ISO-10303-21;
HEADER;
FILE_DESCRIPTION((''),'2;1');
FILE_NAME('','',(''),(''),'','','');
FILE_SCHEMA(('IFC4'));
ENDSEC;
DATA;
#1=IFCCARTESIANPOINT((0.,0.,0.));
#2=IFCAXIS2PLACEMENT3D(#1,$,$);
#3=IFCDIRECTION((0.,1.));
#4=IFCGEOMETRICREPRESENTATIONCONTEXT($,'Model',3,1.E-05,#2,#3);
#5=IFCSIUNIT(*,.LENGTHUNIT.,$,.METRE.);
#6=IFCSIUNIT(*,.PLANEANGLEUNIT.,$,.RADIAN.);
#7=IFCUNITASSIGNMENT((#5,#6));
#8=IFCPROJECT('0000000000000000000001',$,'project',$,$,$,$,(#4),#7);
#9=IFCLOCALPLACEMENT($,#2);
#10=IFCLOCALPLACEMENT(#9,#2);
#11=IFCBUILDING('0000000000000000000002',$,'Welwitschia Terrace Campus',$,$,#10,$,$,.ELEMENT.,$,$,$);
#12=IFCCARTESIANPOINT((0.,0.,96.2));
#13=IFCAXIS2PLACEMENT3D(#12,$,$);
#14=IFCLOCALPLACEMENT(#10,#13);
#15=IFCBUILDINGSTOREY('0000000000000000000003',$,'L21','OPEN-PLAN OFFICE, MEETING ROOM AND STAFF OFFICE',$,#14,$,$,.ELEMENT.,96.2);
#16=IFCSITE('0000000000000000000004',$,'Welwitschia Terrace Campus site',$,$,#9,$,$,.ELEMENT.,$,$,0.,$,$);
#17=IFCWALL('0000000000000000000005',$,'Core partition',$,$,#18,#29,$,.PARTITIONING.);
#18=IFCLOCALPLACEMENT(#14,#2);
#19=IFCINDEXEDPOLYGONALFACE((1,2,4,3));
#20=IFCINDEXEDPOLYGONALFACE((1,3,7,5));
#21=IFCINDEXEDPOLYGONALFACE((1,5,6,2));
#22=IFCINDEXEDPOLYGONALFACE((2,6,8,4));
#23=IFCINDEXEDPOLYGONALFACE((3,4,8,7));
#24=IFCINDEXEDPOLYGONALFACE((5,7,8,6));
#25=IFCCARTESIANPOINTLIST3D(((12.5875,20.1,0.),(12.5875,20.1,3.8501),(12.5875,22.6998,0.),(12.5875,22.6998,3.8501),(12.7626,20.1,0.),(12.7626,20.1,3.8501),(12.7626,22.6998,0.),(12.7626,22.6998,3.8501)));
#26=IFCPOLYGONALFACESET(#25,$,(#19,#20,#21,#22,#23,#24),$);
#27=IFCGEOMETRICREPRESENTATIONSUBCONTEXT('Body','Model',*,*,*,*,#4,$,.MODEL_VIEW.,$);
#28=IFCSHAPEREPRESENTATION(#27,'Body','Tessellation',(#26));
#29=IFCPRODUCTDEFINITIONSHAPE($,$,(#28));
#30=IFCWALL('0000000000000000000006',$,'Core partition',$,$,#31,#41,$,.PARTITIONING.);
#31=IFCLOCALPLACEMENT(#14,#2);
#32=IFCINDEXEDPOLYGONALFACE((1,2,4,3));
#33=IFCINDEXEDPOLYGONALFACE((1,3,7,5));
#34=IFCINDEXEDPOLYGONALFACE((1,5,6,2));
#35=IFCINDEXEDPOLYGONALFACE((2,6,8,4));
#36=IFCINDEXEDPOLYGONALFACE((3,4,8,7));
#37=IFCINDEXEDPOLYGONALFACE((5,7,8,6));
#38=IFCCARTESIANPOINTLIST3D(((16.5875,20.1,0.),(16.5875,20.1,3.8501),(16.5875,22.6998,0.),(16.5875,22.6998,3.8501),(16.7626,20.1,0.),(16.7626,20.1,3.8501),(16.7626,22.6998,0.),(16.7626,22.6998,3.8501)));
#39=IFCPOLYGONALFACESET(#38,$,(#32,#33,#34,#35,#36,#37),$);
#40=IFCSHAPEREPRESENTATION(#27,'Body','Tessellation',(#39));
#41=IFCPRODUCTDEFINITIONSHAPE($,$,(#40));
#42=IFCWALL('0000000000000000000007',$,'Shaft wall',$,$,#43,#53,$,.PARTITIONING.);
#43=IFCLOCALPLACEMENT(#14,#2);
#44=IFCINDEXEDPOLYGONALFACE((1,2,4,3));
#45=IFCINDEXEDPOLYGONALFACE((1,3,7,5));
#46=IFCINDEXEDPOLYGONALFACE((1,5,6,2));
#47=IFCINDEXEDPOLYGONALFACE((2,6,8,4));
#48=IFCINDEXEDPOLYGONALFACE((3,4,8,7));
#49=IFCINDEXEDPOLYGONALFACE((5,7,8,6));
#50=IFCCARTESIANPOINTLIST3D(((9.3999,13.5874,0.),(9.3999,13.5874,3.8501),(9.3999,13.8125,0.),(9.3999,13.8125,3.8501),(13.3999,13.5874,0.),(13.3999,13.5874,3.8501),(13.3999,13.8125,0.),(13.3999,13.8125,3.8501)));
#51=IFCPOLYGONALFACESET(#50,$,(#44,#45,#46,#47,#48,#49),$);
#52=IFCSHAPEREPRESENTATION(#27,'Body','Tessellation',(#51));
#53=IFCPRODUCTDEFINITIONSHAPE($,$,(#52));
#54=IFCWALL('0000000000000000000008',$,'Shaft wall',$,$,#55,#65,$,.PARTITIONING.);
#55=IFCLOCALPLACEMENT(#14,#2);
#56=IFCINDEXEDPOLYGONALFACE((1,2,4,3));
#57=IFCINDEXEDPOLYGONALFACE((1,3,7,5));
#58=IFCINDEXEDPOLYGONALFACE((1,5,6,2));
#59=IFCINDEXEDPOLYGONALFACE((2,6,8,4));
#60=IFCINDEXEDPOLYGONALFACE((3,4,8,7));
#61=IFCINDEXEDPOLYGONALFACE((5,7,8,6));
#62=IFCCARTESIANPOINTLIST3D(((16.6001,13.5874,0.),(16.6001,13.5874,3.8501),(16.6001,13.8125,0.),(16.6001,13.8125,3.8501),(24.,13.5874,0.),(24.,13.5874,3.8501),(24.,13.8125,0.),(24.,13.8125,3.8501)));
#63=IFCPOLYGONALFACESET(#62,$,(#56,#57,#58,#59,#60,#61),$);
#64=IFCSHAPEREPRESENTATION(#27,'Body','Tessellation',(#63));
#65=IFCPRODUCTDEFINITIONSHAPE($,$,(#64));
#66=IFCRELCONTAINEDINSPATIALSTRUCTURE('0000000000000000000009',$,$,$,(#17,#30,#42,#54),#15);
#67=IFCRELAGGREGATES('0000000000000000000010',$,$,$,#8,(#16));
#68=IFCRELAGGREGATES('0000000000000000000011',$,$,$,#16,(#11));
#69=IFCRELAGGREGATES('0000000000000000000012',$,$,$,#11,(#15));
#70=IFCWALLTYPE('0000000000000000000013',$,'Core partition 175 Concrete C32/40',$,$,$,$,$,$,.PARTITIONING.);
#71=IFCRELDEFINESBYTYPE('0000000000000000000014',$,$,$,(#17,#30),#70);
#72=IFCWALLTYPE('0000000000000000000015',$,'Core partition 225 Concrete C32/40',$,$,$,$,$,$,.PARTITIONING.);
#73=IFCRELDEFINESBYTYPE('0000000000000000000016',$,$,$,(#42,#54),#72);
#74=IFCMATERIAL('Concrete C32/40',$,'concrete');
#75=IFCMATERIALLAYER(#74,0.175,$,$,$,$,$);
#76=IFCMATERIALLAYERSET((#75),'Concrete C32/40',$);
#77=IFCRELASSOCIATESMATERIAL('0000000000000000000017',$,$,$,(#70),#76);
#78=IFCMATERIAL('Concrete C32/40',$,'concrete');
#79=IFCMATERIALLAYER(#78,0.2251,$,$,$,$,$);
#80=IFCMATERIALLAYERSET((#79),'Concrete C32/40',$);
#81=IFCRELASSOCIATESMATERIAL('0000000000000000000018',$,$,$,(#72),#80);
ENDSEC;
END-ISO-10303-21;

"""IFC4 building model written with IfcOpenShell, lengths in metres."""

from ifc_helpers import new_model, si_unit, direction, frame, frame_2d, origin, place, context, subcontext, project, spatial, rectangle, extrude, material, layer, layer_set, type_object, element, save


model = new_model("IFC4")

# Units and contexts
model_context = context("Model", 3, precision=1e-05, world=origin(), true_north=direction((0.0, 1.0)))
body_context = subcontext(model_context, "Body", "Model", "MODEL_VIEW")
ifc_project = project(units=[si_unit("LENGTHUNIT", "METRE"), si_unit("PLANEANGLEUNIT", "RADIAN")], contexts=[model_context])

# Site, building, storey
site_placement = place(None, origin())
site = spatial("IfcSite", under=ifc_project, at=site_placement, Name="Welwitschia Terrace Campus site", CompositionType="ELEMENT", RefElevation=0.0)
building_placement = place(site_placement, origin())
building = spatial("IfcBuilding", under=site, at=building_placement, Name="Welwitschia Terrace Campus", CompositionType="ELEMENT")
storey_placement = place(building_placement, frame((0.0, 0.0, 96.2)))
storey = spatial("IfcBuildingStorey", under=building, at=storey_placement, Name="L21", Description="OPEN-PLAN OFFICE, MEETING ROOM AND STAFF OFFICE", CompositionType="ELEMENT", Elevation=96.2)

# Walls
ifc_material_1 = material(Name="Concrete C32/40", Category="concrete")
ifc_layer_1 = layer(ifc_material_1, 0.175)
ifc_layer_set_1 = layer_set([ifc_layer_1], Name="Concrete C32/40")
wall_type_1 = type_object("IfcWallType", Name="Core partition 175 Concrete C32/40", PredefinedType="PARTITIONING", material=ifc_layer_set_1)
for number, where, z_axis, x_axis, name in (
    (1, (12.675, 20.1001, 0.0), (0.0, 0.0, 1.0), (0.0, 1.0, 0.0), "Core partition"),
    (2, (16.675, 20.1001, 0.0), (0.0, 0.0, 1.0), (0.0, 1.0, 0.0), "Core partition"),
):
    element("IfcWall", number, at=place(storey_placement, frame(where, z_axis=z_axis, x_axis=x_axis)), inside=storey, type_object=wall_type_1, Name=name, PredefinedType="PARTITIONING", context=body_context, shape_type="SweptSolid", body=[
        extrude(rectangle(XDim=2.5999, YDim=0.175, at=frame_2d((1.2998, 0.0))), origin(), (0.0, 0.0, 1.0), 3.8501),
    ])
ifc_material_2 = material(Name="Concrete C32/40", Category="concrete")
ifc_layer_2 = layer(ifc_material_2, 0.2251)
ifc_layer_set_2 = layer_set([ifc_layer_2], Name="Concrete C32/40")
wall_type_2 = type_object("IfcWallType", Name="Core partition 225 Concrete C32/40", PredefinedType="PARTITIONING", material=ifc_layer_set_2)
wall_1_placement = place(storey_placement, frame((9.3999, 13.7, 0.0), z_axis=(0.0, 0.0, 1.0), x_axis=(1.0, 0.0, 0.0)))
element("IfcWall", 3, at=wall_1_placement, inside=storey, type_object=wall_type_2, Name="Shaft wall", PredefinedType="PARTITIONING", context=body_context, shape_type="SweptSolid", body=[
    extrude(rectangle(XDim=4.0, YDim=0.2251, at=frame_2d((2.0, 0.0))), origin(), (0.0, 0.0, 1.0), 3.8501),
])
wall_2_placement = place(storey_placement, frame((16.6001, 13.7, 0.0), z_axis=(0.0, 0.0, 1.0), x_axis=(1.0, 0.0, 0.0)))
element("IfcWall", 4, at=wall_2_placement, inside=storey, type_object=wall_type_2, Name="Shaft wall", PredefinedType="PARTITIONING", context=body_context, shape_type="SweptSolid", body=[
    extrude(rectangle(XDim=7.3999, YDim=0.2251, at=frame_2d((3.7, 0.0))), origin(), (0.0, 0.0, 1.0), 3.8501),
])

save(model, "model.ifc")
